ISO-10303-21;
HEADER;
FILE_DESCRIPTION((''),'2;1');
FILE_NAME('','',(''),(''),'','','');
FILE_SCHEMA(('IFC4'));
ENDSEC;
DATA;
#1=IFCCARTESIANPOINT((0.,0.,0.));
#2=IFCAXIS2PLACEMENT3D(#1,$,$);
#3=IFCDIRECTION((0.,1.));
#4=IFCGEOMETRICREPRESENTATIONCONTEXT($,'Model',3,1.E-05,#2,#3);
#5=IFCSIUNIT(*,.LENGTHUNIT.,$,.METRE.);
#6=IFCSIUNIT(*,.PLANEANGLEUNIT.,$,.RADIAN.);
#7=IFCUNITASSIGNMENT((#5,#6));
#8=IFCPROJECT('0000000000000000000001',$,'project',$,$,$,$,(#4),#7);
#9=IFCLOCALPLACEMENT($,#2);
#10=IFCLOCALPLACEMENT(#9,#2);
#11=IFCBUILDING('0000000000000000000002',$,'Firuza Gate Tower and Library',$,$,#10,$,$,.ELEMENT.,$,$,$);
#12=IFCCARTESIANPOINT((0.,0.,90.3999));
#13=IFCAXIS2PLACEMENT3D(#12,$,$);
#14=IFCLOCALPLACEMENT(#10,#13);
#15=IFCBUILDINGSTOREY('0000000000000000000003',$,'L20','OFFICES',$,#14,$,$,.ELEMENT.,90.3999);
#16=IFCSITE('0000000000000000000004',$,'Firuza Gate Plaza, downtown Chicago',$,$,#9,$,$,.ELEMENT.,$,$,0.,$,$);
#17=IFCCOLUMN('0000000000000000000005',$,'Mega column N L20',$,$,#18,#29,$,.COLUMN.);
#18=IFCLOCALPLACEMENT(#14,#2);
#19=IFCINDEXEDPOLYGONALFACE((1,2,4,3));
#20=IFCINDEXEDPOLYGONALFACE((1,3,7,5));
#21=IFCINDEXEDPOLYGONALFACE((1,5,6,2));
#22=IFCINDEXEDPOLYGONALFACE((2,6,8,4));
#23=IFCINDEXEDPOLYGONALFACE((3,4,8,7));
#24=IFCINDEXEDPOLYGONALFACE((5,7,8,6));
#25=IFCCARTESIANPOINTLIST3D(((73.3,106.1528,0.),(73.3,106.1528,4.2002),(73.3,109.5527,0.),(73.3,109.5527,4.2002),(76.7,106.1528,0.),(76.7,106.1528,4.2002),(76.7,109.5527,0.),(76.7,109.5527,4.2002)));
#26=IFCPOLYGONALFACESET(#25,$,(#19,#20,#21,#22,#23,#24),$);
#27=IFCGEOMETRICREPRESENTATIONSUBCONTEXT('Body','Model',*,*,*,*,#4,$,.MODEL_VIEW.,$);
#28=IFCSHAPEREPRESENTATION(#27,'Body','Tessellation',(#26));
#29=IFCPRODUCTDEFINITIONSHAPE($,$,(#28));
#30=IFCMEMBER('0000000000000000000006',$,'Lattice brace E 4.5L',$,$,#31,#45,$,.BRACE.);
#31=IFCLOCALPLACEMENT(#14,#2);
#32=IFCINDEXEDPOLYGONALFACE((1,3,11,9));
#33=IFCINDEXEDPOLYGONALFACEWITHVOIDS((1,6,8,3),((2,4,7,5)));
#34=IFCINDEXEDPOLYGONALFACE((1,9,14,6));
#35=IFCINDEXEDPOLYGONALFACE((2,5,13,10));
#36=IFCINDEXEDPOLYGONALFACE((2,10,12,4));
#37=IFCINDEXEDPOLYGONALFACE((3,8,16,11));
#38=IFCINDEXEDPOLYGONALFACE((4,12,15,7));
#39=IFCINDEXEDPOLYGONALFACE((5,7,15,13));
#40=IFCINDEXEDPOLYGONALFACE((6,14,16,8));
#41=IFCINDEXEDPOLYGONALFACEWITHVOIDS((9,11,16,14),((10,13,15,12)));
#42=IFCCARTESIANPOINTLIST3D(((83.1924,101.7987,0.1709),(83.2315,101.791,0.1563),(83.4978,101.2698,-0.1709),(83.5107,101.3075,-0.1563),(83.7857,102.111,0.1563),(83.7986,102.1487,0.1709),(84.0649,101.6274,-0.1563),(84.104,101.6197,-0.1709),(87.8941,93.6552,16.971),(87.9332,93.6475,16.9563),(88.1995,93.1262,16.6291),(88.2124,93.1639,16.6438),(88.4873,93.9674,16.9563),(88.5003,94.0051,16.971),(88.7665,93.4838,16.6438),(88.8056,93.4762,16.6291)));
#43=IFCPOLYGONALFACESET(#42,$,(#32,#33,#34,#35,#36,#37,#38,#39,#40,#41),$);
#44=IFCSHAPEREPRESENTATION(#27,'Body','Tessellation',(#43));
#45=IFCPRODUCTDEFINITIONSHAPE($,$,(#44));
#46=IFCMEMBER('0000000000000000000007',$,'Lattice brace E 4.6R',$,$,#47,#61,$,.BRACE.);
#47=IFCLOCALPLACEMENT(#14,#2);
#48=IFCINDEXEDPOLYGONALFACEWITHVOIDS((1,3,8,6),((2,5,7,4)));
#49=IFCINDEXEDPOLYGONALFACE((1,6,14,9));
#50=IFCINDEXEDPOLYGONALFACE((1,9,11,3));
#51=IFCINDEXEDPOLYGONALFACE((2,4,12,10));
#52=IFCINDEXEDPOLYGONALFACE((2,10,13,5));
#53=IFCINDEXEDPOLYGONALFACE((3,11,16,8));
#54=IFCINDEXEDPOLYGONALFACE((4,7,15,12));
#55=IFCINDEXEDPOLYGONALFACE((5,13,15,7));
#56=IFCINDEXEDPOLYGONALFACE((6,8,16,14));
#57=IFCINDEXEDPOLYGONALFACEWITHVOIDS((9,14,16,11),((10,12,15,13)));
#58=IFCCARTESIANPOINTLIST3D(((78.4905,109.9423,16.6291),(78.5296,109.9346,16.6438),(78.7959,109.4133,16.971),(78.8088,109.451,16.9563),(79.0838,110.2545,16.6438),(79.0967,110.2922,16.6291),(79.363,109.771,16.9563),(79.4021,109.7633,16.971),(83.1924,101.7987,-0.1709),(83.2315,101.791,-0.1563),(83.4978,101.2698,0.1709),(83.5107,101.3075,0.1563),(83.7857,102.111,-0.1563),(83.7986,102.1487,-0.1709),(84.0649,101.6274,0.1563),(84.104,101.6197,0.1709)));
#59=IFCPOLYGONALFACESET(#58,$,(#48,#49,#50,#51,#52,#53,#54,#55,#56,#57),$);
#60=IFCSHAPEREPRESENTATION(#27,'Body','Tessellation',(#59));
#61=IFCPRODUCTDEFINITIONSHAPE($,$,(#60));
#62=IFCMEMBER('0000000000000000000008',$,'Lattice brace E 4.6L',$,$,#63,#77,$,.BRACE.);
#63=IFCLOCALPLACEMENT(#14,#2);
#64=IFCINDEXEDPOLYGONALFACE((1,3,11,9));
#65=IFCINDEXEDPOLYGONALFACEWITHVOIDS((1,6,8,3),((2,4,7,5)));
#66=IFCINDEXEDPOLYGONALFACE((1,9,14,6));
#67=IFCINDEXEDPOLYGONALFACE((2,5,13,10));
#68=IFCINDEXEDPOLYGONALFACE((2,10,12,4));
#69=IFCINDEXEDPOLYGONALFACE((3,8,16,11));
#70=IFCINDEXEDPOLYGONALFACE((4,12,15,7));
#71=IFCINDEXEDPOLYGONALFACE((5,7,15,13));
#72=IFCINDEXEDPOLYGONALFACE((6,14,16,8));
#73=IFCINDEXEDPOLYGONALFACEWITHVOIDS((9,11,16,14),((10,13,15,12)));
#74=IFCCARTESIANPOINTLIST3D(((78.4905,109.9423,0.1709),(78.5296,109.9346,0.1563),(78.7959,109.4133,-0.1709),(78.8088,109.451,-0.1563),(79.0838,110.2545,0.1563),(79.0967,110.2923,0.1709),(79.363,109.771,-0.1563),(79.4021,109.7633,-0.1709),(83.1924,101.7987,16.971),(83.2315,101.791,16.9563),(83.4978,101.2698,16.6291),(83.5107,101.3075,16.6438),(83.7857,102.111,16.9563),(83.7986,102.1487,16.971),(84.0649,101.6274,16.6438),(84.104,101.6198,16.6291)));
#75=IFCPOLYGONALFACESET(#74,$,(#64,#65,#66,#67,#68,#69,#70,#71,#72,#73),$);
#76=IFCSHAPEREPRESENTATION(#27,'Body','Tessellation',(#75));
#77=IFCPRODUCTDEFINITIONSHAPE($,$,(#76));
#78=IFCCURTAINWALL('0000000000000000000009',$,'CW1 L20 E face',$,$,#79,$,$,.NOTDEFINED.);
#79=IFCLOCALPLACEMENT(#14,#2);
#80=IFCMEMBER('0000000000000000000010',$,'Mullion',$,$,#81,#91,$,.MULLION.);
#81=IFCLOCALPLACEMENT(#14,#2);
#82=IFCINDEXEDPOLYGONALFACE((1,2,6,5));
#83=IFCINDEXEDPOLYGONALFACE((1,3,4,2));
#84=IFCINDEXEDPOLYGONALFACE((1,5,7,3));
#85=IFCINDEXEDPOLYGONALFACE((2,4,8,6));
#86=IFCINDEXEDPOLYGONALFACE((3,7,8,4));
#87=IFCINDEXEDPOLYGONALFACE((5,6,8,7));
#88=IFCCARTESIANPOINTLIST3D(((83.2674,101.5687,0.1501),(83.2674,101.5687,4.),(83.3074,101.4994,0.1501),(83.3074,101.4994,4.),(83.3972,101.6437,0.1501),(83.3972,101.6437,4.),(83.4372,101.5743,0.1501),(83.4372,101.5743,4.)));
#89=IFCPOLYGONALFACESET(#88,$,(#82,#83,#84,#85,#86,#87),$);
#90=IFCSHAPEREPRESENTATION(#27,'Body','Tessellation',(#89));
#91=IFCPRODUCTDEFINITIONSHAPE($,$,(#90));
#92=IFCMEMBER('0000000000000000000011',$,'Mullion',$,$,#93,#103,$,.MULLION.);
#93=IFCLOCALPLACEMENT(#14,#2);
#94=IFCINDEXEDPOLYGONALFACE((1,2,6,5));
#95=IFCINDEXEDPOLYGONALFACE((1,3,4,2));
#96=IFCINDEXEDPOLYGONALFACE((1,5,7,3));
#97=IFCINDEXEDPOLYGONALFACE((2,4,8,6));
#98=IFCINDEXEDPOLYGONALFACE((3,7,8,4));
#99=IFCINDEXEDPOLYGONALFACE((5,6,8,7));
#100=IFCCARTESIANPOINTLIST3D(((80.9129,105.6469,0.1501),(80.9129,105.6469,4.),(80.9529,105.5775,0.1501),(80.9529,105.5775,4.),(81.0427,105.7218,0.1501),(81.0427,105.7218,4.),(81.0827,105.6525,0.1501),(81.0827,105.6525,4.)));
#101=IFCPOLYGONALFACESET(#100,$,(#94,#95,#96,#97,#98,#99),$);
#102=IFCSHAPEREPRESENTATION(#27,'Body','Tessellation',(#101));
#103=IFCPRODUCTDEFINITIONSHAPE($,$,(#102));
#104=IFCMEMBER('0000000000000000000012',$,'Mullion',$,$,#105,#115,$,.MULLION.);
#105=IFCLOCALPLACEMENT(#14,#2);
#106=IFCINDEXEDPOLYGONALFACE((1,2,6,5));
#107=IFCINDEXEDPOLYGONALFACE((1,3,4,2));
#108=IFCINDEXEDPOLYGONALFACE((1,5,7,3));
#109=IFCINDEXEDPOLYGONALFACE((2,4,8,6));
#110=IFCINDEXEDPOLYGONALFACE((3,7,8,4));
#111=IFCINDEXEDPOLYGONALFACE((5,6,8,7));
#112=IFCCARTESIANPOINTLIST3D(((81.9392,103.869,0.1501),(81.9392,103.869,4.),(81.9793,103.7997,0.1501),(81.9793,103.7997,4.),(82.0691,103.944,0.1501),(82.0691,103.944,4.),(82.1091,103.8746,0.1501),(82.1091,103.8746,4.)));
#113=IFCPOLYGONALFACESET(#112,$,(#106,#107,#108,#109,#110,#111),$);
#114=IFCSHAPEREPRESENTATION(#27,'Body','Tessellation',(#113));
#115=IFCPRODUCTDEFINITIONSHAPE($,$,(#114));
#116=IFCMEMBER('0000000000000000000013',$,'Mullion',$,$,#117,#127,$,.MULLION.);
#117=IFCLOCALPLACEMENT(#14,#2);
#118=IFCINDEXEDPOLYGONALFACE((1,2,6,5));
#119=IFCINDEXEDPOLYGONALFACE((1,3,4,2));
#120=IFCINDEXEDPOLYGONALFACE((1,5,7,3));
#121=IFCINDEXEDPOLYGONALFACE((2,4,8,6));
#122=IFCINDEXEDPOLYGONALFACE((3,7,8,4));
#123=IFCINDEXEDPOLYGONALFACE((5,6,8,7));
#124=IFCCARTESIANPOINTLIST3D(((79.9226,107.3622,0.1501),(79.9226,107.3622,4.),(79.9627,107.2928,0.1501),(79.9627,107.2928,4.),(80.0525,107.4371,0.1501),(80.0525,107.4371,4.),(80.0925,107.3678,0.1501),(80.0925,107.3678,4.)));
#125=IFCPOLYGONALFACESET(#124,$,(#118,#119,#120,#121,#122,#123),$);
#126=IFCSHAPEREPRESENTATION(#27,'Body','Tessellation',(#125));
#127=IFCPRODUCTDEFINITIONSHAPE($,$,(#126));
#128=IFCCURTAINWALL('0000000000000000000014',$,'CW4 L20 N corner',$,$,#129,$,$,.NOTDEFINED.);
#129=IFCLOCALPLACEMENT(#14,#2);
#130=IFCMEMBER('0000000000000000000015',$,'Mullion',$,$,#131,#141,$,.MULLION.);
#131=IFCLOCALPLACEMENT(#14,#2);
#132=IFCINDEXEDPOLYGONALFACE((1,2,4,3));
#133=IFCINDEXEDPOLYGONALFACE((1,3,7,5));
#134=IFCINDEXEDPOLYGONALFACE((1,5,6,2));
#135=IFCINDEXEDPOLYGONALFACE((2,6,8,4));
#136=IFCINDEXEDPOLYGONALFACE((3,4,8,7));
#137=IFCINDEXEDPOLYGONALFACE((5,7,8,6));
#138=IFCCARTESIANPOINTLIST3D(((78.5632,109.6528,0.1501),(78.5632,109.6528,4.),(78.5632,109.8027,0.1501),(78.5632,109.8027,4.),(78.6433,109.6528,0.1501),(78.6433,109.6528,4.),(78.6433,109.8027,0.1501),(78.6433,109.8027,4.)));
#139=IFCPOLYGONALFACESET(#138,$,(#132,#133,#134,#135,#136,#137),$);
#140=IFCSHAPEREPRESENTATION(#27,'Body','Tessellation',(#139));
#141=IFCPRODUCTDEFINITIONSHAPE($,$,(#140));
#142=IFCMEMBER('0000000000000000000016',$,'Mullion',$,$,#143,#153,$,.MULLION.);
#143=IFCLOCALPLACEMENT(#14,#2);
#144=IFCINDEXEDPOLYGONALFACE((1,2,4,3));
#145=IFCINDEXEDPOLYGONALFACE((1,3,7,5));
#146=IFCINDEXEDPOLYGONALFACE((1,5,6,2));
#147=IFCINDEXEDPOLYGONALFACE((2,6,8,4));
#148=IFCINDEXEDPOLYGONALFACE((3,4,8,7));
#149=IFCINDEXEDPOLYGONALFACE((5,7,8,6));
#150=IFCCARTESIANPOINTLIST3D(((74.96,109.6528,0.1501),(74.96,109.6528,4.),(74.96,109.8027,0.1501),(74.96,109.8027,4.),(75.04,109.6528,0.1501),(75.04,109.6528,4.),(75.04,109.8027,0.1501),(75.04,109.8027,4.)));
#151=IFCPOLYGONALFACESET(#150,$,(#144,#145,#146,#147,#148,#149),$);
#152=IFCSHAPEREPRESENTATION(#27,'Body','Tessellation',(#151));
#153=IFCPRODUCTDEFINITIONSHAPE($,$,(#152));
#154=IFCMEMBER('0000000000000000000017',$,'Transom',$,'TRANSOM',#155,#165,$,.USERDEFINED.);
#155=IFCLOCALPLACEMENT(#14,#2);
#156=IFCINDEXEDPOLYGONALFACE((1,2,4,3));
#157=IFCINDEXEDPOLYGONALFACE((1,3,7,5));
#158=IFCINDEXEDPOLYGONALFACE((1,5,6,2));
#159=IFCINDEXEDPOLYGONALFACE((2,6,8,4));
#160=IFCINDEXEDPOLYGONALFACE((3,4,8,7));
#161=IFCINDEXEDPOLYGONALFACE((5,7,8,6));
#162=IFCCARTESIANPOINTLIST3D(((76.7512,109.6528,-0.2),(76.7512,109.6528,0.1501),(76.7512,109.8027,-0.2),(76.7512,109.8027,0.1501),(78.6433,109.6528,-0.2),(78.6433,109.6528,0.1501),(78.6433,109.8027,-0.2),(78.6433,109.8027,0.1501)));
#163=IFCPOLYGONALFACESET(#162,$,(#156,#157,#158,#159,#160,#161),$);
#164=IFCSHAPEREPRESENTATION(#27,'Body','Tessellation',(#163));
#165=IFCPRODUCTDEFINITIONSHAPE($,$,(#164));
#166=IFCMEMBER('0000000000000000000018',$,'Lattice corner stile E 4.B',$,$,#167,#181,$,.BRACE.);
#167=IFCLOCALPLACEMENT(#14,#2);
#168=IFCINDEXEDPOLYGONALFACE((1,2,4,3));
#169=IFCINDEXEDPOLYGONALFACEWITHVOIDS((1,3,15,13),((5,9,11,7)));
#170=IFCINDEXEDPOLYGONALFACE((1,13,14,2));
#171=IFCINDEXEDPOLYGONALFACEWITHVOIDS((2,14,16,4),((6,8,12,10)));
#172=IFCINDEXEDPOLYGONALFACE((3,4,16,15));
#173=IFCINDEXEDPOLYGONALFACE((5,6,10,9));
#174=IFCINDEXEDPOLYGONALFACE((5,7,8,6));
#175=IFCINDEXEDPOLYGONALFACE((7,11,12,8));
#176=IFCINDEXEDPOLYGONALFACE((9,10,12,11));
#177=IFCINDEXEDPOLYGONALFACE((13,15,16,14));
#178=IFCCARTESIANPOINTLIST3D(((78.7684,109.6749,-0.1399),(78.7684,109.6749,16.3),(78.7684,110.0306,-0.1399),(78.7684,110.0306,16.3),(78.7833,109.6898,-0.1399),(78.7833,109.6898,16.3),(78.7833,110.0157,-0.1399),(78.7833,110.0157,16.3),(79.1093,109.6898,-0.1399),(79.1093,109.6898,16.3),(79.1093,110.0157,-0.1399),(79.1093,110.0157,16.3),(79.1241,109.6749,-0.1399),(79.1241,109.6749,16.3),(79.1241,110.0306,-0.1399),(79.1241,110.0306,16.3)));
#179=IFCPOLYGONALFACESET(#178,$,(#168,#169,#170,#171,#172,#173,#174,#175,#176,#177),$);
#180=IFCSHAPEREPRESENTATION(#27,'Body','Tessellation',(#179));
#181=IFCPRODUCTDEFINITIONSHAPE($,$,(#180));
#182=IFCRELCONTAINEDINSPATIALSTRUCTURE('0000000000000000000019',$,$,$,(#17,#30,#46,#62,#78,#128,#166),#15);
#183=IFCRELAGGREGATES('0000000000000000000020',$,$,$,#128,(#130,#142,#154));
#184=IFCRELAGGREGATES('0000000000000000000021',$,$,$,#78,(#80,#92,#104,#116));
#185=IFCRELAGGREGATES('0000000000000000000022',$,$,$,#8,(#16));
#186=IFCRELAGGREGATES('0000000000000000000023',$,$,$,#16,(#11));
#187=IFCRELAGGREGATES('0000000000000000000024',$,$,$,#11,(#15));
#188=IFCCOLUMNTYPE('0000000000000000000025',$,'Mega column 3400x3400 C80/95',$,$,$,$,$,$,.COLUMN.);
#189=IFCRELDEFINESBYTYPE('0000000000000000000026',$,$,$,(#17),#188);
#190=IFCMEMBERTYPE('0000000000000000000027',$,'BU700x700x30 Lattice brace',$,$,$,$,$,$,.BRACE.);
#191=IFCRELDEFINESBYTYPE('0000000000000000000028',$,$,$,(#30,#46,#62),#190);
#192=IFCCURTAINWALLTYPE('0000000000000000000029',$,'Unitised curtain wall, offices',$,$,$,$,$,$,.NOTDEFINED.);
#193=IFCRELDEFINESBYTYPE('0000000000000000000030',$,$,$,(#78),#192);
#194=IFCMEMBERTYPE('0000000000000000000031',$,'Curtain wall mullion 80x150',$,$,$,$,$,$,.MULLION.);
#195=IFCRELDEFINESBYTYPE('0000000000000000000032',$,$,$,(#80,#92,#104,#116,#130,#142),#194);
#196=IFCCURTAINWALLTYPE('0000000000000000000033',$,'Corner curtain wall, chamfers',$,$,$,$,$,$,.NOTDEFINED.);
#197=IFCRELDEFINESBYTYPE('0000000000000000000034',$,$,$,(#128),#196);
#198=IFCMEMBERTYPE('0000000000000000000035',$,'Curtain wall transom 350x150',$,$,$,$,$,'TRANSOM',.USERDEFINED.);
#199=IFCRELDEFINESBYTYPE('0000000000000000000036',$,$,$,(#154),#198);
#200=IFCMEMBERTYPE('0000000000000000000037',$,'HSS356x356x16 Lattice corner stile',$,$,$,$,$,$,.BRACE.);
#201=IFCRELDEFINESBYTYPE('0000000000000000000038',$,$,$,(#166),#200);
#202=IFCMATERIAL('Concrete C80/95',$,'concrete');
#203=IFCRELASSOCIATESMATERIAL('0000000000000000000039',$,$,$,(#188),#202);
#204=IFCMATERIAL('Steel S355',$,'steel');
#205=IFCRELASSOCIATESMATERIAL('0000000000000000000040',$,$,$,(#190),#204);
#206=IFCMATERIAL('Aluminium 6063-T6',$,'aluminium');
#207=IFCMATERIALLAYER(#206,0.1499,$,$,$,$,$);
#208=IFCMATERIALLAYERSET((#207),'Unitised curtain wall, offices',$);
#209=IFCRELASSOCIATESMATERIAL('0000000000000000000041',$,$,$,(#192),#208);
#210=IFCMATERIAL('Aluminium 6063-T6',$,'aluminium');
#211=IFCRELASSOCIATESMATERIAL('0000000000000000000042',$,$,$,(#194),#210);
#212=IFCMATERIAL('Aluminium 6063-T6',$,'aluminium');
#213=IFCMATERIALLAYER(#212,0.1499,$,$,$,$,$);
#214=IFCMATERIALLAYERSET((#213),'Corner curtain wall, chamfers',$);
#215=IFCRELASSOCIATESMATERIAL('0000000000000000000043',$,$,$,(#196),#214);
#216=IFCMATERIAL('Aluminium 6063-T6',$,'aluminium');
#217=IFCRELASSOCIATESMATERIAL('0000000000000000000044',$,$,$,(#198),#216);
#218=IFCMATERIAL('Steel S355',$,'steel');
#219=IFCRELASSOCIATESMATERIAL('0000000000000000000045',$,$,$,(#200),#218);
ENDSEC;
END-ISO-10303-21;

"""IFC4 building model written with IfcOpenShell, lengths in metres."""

from ifc_helpers import new_model, si_unit, direction, frame, origin, origin_2d, place, context, subcontext, project, spatial, rectangle, hollow_rectangle, extrude, material, layer, layer_set, material_profile, profile_set, type_object, element, aggregate, save


model = new_model("IFC4")

# Units and contexts
model_context = context("Model", 3, precision=1e-05, world=origin(), true_north=direction((0.0, 1.0)))
body_context = subcontext(model_context, "Body", "Model", "MODEL_VIEW")
ifc_project = project(units=[si_unit("LENGTHUNIT", "METRE"), si_unit("PLANEANGLEUNIT", "RADIAN")], contexts=[model_context])

# Site, building, storey
site_placement = place(None, origin())
site = spatial("IfcSite", under=ifc_project, at=site_placement, Name="Firuza Gate Plaza, downtown Chicago", CompositionType="ELEMENT", RefElevation=0.0)
building_placement = place(site_placement, origin())
building = spatial("IfcBuilding", under=site, at=building_placement, Name="Firuza Gate Tower and Library", CompositionType="ELEMENT")
storey_placement = place(building_placement, frame((0.0, 0.0, 90.3999)))
storey = spatial("IfcBuildingStorey", under=building, at=storey_placement, Name="L20", Description="OFFICES", CompositionType="ELEMENT", Elevation=90.3999)

# Column
ifc_material_1 = material(Name="Concrete C80/95", Category="concrete")
ifc_material_profile_1 = material_profile(ifc_material_1, rectangle(XDim=3.3999, YDim=3.3999, at=origin_2d()))
ifc_profile_set_1 = profile_set([ifc_material_profile_1], Name="Concrete C80/95")
column_type = type_object("IfcColumnType", Name="Mega column 3400x3400 C80/95", PredefinedType="COLUMN", material=ifc_profile_set_1)
column_placement = place(storey_placement, frame((75.0, 107.8528, 0.0), z_axis=(0.0, 0.0, 1.0), x_axis=(-1.0, 0.0, 0.0)))
element("IfcColumn", 1, at=column_placement, inside=storey, type_object=column_type, Name="Mega column N L20", PredefinedType="COLUMN", context=body_context, shape_type="SweptSolid", body=[
    extrude(rectangle(XDim=3.3999, YDim=3.3999, at=origin_2d()), origin(), (0.0, 0.0, 1.0), 4.2002),
])

# Members
ifc_material_2 = material(Name="Steel S355", Category="steel")
ifc_material_profile_2 = material_profile(ifc_material_2, hollow_rectangle(XDim=0.7, YDim=0.7, WallThickness=0.03, at=origin_2d()))
ifc_profile_set_2 = profile_set([ifc_material_profile_2], Name="Steel S355")
member_type_1 = type_object("IfcMemberType", Name="BU700x700x30 Lattice brace", PredefinedType="BRACE", material=ifc_profile_set_2)
for number, where, z_axis, x_axis, name in (
    (2, (83.6482, 101.7092, 0.0), (0.244208, -0.422983, 0.872609), (0.866026, 0.499998, 0.0), "Lattice brace E 4.5L"),
    (3, (83.6482, 101.7092, 0.0), (-0.24422, 0.422982, 0.872607), (-0.866015, -0.500018, 0.0), "Lattice brace E 4.6R"),
    (4, (78.9463, 109.8528, 0.0), (0.24422, -0.422982, 0.872607), (0.866015, 0.500018, 0.0), "Lattice brace E 4.6L"),
):
    element("IfcMember", number, at=place(storey_placement, frame(where, z_axis=z_axis, x_axis=x_axis)), inside=storey, type_object=member_type_1, Name=name, PredefinedType="BRACE", context=body_context, shape_type="SweptSolid", body=[
        extrude(hollow_rectangle(XDim=0.7, YDim=0.7, WallThickness=0.03, at=origin_2d()), origin(), (0.0, 0.0, 1.0), 19.2527),
    ])

# Curtain walls, members
ifc_material_3 = material(Name="Aluminium 6063-T6", Category="aluminium")
ifc_layer_1 = layer(ifc_material_3, 0.1499)
ifc_layer_set_1 = layer_set([ifc_layer_1], Name="Unitised curtain wall, offices")
curtain_wall_type_1 = type_object("IfcCurtainWallType", Name="Unitised curtain wall, offices", PredefinedType="NOTDEFINED", material=ifc_layer_set_1)
placement = place(storey_placement, origin())
curtain_wall_1 = element("IfcCurtainWall", 5, at=placement, inside=storey, type_object=curtain_wall_type_1, Name="CW1 L20 E face", PredefinedType="NOTDEFINED")
ifc_material_4 = material(Name="Aluminium 6063-T6", Category="aluminium")
ifc_material_profile_3 = material_profile(ifc_material_4, rectangle(XDim=0.1499, YDim=0.0801, at=origin_2d()))
ifc_profile_set_3 = profile_set([ifc_material_profile_3], Name="Aluminium 6063-T6")
member_type_2 = type_object("IfcMemberType", Name="Curtain wall mullion 80x150", PredefinedType="MULLION", material=ifc_profile_set_3)
member_1_placement = place(storey_placement, frame((83.3523, 101.5715, 0.1501), z_axis=(0.0, 0.0, 1.0), x_axis=(-0.866025, -0.5, 0.0)))
member_1 = element("IfcMember", 6, at=member_1_placement, type_object=member_type_2, Name="Mullion", PredefinedType="MULLION", context=body_context, shape_type="SweptSolid", body=[
    extrude(rectangle(XDim=0.1499, YDim=0.0801, at=origin_2d()), origin(), (0.0, 0.0, 1.0), 3.8499),
])
member_2_placement = place(storey_placement, frame((80.9978, 105.6497, 0.1501), z_axis=(0.0, 0.0, 1.0), x_axis=(-0.866025, -0.5, 0.0)))
member_2 = element("IfcMember", 7, at=member_2_placement, type_object=member_type_2, Name="Mullion", PredefinedType="MULLION", context=body_context, shape_type="SweptSolid", body=[
    extrude(rectangle(XDim=0.1499, YDim=0.0801, at=origin_2d()), origin(), (0.0, 0.0, 1.0), 3.8499),
])
member_3_placement = place(storey_placement, frame((82.0242, 103.8718, 0.1501), z_axis=(0.0, 0.0, 1.0), x_axis=(-0.866025, -0.5, 0.0)))
member_3 = element("IfcMember", 8, at=member_3_placement, type_object=member_type_2, Name="Mullion", PredefinedType="MULLION", context=body_context, shape_type="SweptSolid", body=[
    extrude(rectangle(XDim=0.1499, YDim=0.0801, at=origin_2d()), origin(), (0.0, 0.0, 1.0), 3.8499),
])
member_4_placement = place(storey_placement, frame((80.0076, 107.365, 0.1501), z_axis=(0.0, 0.0, 1.0), x_axis=(-0.866025, -0.5, 0.0)))
member_4 = element("IfcMember", 9, at=member_4_placement, type_object=member_type_2, Name="Mullion", PredefinedType="MULLION", context=body_context, shape_type="SweptSolid", body=[
    extrude(rectangle(XDim=0.1499, YDim=0.0801, at=origin_2d()), origin(), (0.0, 0.0, 1.0), 3.8499),
])
ifc_material_5 = material(Name="Aluminium 6063-T6", Category="aluminium")
ifc_layer_2 = layer(ifc_material_5, 0.1499)
ifc_layer_set_2 = layer_set([ifc_layer_2], Name="Corner curtain wall, chamfers")
curtain_wall_type_2 = type_object("IfcCurtainWallType", Name="Corner curtain wall, chamfers", PredefinedType="NOTDEFINED", material=ifc_layer_set_2)
curtain_wall_2 = element("IfcCurtainWall", 10, at=placement, inside=storey, type_object=curtain_wall_type_2, Name="CW4 L20 N corner", PredefinedType="NOTDEFINED")
member_5_placement = place(storey_placement, frame((78.6033, 109.7278, 0.1501), z_axis=(0.0, 0.0, 1.0), x_axis=(0.0, -1.0, 0.0)))
member_5 = element("IfcMember", 11, at=member_5_placement, type_object=member_type_2, Name="Mullion", PredefinedType="MULLION", context=body_context, shape_type="SweptSolid", body=[
    extrude(rectangle(XDim=0.1499, YDim=0.0801, at=origin_2d()), origin(), (0.0, 0.0, 1.0), 3.8499),
])
member_6_placement = place(storey_placement, frame((75.0, 109.7278, 0.1501), z_axis=(0.0, 0.0, 1.0), x_axis=(0.0, -1.0, 0.0)))
member_6 = element("IfcMember", 12, at=member_6_placement, type_object=member_type_2, Name="Mullion", PredefinedType="MULLION", context=body_context, shape_type="SweptSolid", body=[
    extrude(rectangle(XDim=0.1499, YDim=0.0801, at=origin_2d()), origin(), (0.0, 0.0, 1.0), 3.8499),
])
ifc_material_6 = material(Name="Aluminium 6063-T6", Category="aluminium")
ifc_material_profile_4 = material_profile(ifc_material_6, rectangle(XDim=0.1499, YDim=0.3501, at=origin_2d()))
ifc_profile_set_4 = profile_set([ifc_material_profile_4], Name="Aluminium 6063-T6")
member_type_3 = type_object("IfcMemberType", Name="Curtain wall transom 350x150", ElementType="TRANSOM", PredefinedType="USERDEFINED", material=ifc_profile_set_4)
member_7_placement = place(storey_placement, frame((78.6433, 109.7278, -0.0249), z_axis=(-1.0, 0.0, 0.0), x_axis=(0.0, -1.0, 0.0)))
member_7 = element("IfcMember", 13, at=member_7_placement, type_object=member_type_3, Name="Transom", ObjectType="TRANSOM", PredefinedType="USERDEFINED", context=body_context, shape_type="SweptSolid", body=[
    extrude(rectangle(XDim=0.1499, YDim=0.3501, at=origin_2d()), origin(), (0.0, 0.0, 1.0), 1.8921),
])

# Member
ifc_material_7 = material(Name="Steel S355", Category="steel")
ifc_material_profile_5 = material_profile(ifc_material_7, hollow_rectangle(XDim=0.3557, YDim=0.3557, WallThickness=0.0149, at=origin_2d()))
ifc_profile_set_5 = profile_set([ifc_material_profile_5], Name="Steel S355")
member_type_4 = type_object("IfcMemberType", Name="HSS356x356x16 Lattice corner stile", PredefinedType="BRACE", material=ifc_profile_set_5)
member_8_placement = place(storey_placement, frame((78.9463, 109.8528, -0.1399), z_axis=(0.0, 0.0, 1.0), x_axis=(1.0, 0.0, 0.0)))
element("IfcMember", 14, at=member_8_placement, inside=storey, type_object=member_type_4, Name="Lattice corner stile E 4.B", PredefinedType="BRACE", context=body_context, shape_type="SweptSolid", body=[
    extrude(hollow_rectangle(XDim=0.3557, YDim=0.3557, WallThickness=0.0149, at=origin_2d()), origin(), (0.0, 0.0, 1.0), 16.4399),
])

aggregate(curtain_wall_2, [member_5, member_6, member_7])
aggregate(curtain_wall_1, [member_1, member_2, member_3, member_4])

save(model, "model.ifc")
